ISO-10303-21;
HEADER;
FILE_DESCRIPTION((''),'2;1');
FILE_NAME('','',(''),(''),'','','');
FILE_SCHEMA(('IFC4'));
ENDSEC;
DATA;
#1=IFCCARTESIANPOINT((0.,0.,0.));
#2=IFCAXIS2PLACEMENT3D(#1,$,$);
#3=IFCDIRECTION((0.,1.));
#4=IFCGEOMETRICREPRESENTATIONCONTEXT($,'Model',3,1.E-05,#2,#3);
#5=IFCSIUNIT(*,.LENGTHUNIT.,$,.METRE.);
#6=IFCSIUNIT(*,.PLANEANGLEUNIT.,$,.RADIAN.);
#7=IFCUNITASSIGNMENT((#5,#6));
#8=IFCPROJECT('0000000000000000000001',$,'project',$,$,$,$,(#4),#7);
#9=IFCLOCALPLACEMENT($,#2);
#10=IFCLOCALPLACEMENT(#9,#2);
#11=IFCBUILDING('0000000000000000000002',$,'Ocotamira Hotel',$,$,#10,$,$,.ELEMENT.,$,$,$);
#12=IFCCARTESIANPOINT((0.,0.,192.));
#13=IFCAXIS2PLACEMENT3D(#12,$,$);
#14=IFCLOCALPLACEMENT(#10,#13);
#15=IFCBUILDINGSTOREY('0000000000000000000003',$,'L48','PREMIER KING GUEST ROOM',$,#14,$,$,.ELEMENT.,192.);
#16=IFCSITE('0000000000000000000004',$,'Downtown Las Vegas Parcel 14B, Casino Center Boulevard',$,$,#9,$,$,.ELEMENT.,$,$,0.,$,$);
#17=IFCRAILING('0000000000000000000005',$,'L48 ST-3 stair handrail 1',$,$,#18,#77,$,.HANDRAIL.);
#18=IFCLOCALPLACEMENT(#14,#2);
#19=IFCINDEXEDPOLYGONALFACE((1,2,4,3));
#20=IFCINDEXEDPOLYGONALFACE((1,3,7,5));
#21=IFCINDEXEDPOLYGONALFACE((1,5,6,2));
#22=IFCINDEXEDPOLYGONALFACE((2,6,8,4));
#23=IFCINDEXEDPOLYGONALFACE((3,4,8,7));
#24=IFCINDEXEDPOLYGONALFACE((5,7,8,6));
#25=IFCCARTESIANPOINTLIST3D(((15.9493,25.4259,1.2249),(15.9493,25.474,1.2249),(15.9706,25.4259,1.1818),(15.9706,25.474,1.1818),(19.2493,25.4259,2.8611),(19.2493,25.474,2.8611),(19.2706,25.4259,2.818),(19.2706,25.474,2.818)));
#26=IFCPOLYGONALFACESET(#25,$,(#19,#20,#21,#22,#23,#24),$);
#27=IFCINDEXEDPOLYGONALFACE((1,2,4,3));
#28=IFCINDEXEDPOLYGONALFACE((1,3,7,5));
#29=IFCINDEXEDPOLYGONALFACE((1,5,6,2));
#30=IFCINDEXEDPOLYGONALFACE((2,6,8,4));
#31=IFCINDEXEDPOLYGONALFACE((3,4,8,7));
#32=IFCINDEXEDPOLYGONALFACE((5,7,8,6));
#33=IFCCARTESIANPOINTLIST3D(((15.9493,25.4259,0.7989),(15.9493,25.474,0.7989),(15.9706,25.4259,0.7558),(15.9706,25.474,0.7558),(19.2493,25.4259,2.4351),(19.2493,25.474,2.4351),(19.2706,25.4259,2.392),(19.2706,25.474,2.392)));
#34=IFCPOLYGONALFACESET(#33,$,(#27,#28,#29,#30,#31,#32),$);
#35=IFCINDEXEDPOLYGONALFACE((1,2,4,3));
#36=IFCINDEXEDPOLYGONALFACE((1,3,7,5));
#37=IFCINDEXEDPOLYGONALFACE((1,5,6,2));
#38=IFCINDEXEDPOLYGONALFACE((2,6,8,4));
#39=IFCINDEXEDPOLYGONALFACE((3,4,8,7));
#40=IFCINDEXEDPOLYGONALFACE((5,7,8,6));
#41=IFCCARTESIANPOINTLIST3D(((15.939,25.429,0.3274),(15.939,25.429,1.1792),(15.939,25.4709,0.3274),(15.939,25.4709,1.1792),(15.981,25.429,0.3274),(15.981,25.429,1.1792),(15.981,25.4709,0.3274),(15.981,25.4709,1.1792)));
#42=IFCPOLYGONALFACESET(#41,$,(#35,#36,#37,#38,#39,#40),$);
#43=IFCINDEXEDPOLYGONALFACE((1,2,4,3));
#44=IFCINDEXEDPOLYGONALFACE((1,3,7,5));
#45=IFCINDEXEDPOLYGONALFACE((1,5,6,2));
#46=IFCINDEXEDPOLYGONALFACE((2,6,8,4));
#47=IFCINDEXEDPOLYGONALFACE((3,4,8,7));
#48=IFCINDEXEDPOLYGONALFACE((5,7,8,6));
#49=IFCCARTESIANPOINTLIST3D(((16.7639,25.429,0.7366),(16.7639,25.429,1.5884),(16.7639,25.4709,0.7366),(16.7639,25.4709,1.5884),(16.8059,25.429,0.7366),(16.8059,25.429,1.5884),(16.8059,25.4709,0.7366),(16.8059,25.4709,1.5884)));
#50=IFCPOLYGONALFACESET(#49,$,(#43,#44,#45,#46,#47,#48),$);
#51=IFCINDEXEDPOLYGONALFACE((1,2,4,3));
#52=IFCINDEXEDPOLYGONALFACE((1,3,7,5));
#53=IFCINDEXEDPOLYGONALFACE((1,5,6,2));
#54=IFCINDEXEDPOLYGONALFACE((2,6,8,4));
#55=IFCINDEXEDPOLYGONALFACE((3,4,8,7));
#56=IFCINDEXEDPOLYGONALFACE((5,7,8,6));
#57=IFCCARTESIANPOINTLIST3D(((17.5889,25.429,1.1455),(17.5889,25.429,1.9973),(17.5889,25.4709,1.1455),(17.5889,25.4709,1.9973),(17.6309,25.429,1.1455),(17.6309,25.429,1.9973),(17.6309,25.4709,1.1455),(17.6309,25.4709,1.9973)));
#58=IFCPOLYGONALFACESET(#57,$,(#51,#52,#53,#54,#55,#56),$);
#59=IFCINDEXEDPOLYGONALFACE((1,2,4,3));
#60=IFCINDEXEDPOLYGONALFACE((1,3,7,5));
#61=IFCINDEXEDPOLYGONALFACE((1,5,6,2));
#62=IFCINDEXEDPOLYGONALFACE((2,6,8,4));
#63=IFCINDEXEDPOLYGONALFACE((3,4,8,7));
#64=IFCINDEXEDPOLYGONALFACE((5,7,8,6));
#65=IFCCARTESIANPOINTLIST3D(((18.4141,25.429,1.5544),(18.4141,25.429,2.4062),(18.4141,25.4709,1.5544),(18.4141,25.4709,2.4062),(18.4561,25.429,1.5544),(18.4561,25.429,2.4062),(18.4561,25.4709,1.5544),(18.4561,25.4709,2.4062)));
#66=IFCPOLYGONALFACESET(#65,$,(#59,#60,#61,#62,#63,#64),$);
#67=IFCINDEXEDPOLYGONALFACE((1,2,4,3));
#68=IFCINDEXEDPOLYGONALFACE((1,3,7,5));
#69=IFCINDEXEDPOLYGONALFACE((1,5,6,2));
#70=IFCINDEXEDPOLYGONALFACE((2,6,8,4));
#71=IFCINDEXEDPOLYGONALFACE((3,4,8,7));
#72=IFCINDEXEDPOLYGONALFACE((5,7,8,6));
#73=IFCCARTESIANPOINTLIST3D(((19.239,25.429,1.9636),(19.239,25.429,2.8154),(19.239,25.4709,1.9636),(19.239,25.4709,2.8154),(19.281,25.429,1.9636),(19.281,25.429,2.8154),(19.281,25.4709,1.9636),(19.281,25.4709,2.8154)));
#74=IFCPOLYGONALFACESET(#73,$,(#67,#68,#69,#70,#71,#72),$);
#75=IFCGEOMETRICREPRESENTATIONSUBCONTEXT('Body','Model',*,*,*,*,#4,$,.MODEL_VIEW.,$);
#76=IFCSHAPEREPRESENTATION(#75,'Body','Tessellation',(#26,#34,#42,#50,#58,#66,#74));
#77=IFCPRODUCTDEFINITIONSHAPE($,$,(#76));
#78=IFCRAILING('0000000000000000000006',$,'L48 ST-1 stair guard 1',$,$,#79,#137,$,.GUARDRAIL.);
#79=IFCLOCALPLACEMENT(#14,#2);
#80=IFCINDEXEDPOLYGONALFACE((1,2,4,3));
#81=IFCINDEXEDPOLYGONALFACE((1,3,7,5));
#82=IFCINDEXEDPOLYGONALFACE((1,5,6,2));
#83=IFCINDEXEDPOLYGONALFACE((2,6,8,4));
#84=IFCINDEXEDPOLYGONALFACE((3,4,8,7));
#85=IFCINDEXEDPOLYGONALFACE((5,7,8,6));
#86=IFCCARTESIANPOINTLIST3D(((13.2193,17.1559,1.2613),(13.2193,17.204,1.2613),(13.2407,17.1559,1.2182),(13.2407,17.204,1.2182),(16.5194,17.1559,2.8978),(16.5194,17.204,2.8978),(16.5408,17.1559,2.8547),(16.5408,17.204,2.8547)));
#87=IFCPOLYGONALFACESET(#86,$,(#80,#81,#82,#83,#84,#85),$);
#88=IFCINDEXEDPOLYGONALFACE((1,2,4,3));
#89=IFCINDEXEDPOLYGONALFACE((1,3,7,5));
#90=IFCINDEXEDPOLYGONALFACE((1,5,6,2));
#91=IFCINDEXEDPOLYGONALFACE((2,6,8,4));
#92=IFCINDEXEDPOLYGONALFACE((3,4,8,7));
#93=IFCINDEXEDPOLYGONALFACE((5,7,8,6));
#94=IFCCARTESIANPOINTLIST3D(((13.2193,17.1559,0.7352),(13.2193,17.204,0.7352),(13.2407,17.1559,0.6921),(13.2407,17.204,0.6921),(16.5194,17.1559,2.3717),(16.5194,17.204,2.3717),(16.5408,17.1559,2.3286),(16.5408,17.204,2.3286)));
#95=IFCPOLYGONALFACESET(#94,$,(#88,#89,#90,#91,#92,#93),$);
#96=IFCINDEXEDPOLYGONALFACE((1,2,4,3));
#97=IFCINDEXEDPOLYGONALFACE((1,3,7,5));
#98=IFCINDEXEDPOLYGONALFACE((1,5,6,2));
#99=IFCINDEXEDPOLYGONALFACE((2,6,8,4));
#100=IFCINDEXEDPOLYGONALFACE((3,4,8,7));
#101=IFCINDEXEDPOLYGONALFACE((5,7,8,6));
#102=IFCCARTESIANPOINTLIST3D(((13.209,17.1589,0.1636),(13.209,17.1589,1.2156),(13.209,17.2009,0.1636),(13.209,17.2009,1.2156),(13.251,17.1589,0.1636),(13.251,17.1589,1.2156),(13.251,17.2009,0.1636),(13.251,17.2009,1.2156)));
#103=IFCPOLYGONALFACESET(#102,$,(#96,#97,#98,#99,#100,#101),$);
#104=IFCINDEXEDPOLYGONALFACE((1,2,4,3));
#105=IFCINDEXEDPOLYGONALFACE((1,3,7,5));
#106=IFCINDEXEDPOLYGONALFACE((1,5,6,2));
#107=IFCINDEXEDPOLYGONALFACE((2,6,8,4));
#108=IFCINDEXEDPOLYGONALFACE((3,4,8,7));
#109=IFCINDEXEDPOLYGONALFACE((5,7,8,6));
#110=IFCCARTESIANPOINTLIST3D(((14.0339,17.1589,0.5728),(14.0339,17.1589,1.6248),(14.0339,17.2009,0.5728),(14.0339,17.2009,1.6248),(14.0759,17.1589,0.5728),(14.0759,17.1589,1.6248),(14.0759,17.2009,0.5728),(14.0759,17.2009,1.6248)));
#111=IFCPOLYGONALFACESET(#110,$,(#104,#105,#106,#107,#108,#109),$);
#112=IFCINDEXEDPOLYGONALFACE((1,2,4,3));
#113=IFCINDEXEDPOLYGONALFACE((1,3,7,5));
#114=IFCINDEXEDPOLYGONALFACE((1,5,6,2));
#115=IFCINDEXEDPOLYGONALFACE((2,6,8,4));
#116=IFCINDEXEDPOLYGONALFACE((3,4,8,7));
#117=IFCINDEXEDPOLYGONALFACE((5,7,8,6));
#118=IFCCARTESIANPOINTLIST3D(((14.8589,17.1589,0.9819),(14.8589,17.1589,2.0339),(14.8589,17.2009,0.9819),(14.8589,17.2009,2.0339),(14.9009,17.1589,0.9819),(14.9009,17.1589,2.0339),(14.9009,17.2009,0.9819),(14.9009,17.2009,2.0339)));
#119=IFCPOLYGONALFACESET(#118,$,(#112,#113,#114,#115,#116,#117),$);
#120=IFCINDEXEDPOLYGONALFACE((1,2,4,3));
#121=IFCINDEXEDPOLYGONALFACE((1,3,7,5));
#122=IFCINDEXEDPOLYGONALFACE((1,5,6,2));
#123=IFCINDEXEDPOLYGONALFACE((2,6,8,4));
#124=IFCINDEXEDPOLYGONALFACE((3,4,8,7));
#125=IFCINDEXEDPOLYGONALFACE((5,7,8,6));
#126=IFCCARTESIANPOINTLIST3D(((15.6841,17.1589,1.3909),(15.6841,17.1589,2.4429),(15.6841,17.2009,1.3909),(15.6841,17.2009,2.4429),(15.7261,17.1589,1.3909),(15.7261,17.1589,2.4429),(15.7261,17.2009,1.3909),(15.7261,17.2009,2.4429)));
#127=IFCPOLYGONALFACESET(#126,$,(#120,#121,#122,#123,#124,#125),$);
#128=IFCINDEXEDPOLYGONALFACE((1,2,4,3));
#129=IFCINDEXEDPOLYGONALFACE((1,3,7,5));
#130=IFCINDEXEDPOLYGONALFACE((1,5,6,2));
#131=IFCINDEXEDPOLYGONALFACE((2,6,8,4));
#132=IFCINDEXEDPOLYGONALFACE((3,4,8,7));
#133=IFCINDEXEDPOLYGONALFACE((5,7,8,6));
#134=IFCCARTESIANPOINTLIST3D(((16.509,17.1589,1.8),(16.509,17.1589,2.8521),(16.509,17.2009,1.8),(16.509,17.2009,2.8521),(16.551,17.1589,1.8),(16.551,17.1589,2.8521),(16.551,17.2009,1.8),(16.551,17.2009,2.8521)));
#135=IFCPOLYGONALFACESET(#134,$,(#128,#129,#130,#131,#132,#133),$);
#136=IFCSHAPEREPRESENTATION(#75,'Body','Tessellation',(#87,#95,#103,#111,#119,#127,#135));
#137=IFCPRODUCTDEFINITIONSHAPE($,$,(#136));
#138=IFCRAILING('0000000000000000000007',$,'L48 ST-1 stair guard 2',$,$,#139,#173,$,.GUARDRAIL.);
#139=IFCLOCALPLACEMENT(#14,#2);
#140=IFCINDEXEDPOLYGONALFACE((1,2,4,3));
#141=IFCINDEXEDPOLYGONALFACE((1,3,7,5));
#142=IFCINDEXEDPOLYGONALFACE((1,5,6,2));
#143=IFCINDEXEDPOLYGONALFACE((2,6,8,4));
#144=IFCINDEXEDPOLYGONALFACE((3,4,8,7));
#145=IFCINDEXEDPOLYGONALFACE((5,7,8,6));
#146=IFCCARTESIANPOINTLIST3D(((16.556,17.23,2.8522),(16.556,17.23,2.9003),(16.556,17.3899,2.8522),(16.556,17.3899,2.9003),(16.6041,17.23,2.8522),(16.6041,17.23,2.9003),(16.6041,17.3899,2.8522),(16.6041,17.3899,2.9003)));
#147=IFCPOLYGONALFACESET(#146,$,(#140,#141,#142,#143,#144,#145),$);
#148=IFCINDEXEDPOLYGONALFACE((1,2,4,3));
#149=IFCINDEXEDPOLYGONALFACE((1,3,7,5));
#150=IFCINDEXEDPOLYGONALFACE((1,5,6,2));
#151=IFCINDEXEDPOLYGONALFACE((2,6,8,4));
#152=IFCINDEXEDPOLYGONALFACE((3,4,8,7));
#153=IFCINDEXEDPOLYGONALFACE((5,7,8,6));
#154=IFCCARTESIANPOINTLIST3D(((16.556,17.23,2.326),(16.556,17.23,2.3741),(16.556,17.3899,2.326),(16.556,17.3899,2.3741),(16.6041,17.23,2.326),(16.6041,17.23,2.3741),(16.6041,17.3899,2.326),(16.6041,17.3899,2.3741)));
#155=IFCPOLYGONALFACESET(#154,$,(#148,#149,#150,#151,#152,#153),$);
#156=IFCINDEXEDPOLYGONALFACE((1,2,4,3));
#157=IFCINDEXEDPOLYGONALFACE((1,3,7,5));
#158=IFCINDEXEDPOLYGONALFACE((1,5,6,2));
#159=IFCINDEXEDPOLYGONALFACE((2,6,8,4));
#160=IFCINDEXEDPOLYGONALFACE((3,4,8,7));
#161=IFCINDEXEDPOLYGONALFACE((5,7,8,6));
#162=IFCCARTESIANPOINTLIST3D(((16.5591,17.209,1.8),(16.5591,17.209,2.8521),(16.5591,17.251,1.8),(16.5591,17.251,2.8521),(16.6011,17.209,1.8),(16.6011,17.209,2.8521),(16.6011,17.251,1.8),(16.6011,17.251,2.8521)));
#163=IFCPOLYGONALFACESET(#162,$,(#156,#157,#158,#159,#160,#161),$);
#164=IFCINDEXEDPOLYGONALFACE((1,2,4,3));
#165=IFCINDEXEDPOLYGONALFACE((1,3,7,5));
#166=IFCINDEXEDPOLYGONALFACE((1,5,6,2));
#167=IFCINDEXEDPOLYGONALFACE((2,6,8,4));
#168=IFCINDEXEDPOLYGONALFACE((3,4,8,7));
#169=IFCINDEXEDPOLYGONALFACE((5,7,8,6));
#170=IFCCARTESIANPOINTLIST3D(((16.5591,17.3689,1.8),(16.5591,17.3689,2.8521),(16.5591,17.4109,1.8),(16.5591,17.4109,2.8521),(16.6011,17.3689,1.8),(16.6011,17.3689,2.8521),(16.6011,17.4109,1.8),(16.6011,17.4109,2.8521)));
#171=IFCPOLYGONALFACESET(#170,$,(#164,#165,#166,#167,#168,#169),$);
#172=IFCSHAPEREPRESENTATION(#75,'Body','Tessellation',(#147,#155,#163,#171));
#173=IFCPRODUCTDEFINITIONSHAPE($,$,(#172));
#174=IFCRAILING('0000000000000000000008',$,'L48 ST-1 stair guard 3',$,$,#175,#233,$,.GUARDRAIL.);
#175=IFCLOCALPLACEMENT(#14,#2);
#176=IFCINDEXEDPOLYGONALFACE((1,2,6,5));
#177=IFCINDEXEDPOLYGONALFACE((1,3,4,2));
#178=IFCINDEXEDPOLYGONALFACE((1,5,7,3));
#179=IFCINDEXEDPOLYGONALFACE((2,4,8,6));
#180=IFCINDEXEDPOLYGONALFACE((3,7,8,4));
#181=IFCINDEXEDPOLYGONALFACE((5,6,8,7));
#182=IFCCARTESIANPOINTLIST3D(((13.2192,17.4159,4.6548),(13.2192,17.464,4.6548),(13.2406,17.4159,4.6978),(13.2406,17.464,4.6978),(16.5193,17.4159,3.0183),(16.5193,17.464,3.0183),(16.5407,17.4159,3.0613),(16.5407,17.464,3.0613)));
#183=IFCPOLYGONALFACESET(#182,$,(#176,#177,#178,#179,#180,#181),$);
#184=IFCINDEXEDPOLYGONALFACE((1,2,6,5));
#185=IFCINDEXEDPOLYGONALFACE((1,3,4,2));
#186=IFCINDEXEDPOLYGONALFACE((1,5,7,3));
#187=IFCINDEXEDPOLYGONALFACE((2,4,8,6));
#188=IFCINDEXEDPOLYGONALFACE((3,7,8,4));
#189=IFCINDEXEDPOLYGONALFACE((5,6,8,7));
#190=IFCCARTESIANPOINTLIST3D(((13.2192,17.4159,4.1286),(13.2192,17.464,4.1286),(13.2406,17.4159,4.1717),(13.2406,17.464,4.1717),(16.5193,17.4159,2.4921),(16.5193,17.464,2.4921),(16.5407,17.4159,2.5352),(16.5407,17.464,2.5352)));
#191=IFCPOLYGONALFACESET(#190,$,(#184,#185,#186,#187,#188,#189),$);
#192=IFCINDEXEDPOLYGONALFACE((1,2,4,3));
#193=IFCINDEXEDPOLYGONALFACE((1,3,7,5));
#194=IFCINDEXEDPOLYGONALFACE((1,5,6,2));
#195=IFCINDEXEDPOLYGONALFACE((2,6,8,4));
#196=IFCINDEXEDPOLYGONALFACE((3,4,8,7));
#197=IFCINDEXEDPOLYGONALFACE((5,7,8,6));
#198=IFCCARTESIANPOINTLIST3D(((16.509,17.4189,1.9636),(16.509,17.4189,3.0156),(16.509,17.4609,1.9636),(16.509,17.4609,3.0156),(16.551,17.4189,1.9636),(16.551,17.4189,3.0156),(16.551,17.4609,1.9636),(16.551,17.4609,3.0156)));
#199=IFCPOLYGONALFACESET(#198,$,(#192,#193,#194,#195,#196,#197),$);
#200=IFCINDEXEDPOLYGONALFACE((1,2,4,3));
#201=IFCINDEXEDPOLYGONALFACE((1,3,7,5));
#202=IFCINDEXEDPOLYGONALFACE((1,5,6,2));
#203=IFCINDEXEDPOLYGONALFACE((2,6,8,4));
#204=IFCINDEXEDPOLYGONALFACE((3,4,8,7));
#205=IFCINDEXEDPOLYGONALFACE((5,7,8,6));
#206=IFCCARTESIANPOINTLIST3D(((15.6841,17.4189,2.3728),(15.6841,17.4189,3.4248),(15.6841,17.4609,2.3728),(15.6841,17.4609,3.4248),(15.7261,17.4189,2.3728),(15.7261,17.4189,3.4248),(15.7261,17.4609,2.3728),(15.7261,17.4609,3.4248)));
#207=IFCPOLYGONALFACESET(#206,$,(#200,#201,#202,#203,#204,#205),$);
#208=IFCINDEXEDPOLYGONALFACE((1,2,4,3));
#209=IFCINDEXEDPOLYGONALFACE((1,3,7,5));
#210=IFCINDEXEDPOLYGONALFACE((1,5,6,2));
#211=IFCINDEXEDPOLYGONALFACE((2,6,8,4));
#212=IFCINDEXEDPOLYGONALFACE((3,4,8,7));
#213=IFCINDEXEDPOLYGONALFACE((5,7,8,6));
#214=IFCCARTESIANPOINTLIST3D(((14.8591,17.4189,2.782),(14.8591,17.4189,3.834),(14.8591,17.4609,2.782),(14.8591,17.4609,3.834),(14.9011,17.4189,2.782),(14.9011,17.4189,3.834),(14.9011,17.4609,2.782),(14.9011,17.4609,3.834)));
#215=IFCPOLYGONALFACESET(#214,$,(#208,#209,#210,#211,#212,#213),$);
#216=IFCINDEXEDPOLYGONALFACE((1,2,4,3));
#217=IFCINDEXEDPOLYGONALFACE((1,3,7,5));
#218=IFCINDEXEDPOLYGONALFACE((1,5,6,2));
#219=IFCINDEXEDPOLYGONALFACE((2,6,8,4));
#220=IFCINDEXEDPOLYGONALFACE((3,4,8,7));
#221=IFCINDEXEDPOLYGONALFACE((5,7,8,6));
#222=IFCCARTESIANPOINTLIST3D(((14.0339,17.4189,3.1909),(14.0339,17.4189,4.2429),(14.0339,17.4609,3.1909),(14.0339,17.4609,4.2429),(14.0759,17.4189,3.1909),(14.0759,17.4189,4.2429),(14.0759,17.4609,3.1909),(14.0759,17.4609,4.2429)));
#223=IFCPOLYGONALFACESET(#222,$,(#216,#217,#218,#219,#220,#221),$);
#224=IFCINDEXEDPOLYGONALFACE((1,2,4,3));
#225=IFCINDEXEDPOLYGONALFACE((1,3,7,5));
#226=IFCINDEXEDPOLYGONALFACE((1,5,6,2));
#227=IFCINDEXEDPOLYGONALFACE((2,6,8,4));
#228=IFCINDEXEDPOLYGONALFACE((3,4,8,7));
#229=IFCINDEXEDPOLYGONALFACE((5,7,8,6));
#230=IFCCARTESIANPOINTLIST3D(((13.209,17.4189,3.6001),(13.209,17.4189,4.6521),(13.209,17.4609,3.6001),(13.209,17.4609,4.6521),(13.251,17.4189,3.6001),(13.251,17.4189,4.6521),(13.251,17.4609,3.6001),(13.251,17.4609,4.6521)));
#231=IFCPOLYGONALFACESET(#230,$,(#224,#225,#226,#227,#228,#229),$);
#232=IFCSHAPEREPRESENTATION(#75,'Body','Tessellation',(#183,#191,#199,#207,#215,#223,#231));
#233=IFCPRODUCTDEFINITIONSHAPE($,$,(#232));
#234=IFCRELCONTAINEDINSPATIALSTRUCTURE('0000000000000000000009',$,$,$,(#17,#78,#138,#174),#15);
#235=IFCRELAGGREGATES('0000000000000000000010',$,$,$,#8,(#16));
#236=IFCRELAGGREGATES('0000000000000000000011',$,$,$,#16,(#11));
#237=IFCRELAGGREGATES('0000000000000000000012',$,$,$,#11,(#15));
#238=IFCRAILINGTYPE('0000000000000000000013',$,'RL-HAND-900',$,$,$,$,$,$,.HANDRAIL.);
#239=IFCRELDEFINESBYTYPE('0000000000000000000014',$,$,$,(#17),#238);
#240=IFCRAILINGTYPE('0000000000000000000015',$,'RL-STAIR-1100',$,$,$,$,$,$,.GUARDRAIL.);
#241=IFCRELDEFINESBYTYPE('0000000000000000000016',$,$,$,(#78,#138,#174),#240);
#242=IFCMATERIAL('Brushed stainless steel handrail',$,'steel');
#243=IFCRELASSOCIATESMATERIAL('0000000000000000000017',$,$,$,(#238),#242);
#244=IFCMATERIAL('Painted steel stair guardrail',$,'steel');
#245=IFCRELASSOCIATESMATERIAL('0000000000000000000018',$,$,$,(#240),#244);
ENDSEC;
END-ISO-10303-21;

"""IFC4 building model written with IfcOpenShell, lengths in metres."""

from ifc_helpers import new_model, si_unit, direction, frame, origin, origin_2d, place, context, subcontext, project, spatial, rectangle, extrude, material, type_object, element, save


model = new_model("IFC4")

# Units and contexts
model_context = context("Model", 3, precision=1e-05, world=origin(), true_north=direction((0.0, 1.0)))
body_context = subcontext(model_context, "Body", "Model", "MODEL_VIEW")
ifc_project = project(units=[si_unit("LENGTHUNIT", "METRE"), si_unit("PLANEANGLEUNIT", "RADIAN")], contexts=[model_context])

# Site, building, storey
site_placement = place(None, origin())
site = spatial("IfcSite", under=ifc_project, at=site_placement, Name="Downtown Las Vegas Parcel 14B, Casino Center Boulevard", CompositionType="ELEMENT", RefElevation=0.0)
building_placement = place(site_placement, origin())
building = spatial("IfcBuilding", under=site, at=building_placement, Name="Ocotamira Hotel", CompositionType="ELEMENT")
storey_placement = place(building_placement, frame((0.0, 0.0, 192.0)))
storey = spatial("IfcBuildingStorey", under=building, at=storey_placement, Name="L48", Description="PREMIER KING GUEST ROOM", CompositionType="ELEMENT", Elevation=192.0)

# Railings
ifc_material_1 = material(Name="Brushed stainless steel handrail", Category="steel")
railing_type_1 = type_object("IfcRailingType", Name="RL-HAND-900", PredefinedType="HANDRAIL", material=ifc_material_1)
railing_1_placement = place(storey_placement, frame((15.96, 25.45, 0.3274)))
element("IfcRailing", 1, at=railing_1_placement, inside=storey, type_object=railing_type_1, Name="L48 ST-3 stair handrail 1", PredefinedType="HANDRAIL", context=body_context, shape_type="SweptSolid", body=[
    extrude(rectangle(XDim=0.0481, YDim=0.0481, at=origin_2d()), frame((0.0, 0.0, 0.876), z_axis=(0.89592, 0.0, 0.444215), x_axis=(0.0, 1.0, 0.0)), (0.0, 0.0, 1.0), 3.6833),
    extrude(rectangle(XDim=0.0481, YDim=0.0481, at=origin_2d()), frame((0.0, 0.0, 0.45), z_axis=(0.89592, 0.0, 0.444215), x_axis=(0.0, 1.0, 0.0)), (0.0, 0.0, 1.0), 3.6833),
    extrude(rectangle(XDim=0.042, YDim=0.042, at=origin_2d()), origin(), (0.0, 0.0, 1.0), 0.8518),
    extrude(rectangle(XDim=0.042, YDim=0.042, at=origin_2d()), frame((0.825, 0.0, 0.4092)), (0.0, 0.0, 1.0), 0.8518),
    extrude(rectangle(XDim=0.042, YDim=0.042, at=origin_2d()), frame((1.6499, 0.0, 0.8181)), (0.0, 0.0, 1.0), 0.8518),
    extrude(rectangle(XDim=0.042, YDim=0.042, at=origin_2d()), frame((2.4751, 0.0, 1.2271)), (0.0, 0.0, 1.0), 0.8518),
    extrude(rectangle(XDim=0.042, YDim=0.042, at=origin_2d()), frame((3.3, 0.0, 1.6362)), (0.0, 0.0, 1.0), 0.8518),
])
ifc_material_2 = material(Name="Painted steel stair guardrail", Category="steel")
railing_type_2 = type_object("IfcRailingType", Name="RL-STAIR-1100", PredefinedType="GUARDRAIL", material=ifc_material_2)
railing_2_placement = place(storey_placement, frame((13.23, 17.1799, 0.1636)))
element("IfcRailing", 2, at=railing_2_placement, inside=storey, type_object=railing_type_2, Name="L48 ST-1 stair guard 1", PredefinedType="GUARDRAIL", context=body_context, shape_type="SweptSolid", body=[
    extrude(rectangle(XDim=0.0481, YDim=0.0481, at=origin_2d()), frame((0.0, 0.0, 1.0762), z_axis=(0.895894, 0.0, 0.444268), x_axis=(0.0, 1.0, 0.0)), (0.0, 0.0, 1.0), 3.6836),
    extrude(rectangle(XDim=0.0481, YDim=0.0481, at=origin_2d()), frame((0.0, 0.0, 0.55), z_axis=(0.895894, 0.0, 0.444268), x_axis=(0.0, 1.0, 0.0)), (0.0, 0.0, 1.0), 3.6836),
    extrude(rectangle(XDim=0.042, YDim=0.042, at=origin_2d()), origin(), (0.0, 0.0, 1.0), 1.052),
    extrude(rectangle(XDim=0.042, YDim=0.042, at=origin_2d()), frame((0.825, 0.0, 0.4092)), (0.0, 0.0, 1.0), 1.052),
    extrude(rectangle(XDim=0.042, YDim=0.042, at=origin_2d()), frame((1.6499, 0.0, 0.8184)), (0.0, 0.0, 1.0), 1.052),
    extrude(rectangle(XDim=0.042, YDim=0.042, at=origin_2d()), frame((2.4751, 0.0, 1.2273)), (0.0, 0.0, 1.0), 1.052),
    extrude(rectangle(XDim=0.042, YDim=0.042, at=origin_2d()), frame((3.3, 0.0, 1.6365)), (0.0, 0.0, 1.0), 1.052),
])
railing_3_placement = place(storey_placement, frame((16.5801, 17.23, 1.8)))
element("IfcRailing", 3, at=railing_3_placement, inside=storey, type_object=railing_type_2, Name="L48 ST-1 stair guard 2", PredefinedType="GUARDRAIL", context=body_context, shape_type="SweptSolid", body=[
    extrude(rectangle(XDim=0.0481, YDim=0.0481, at=origin_2d()), frame((0.0, 0.0, 1.0762), z_axis=(0.0, 1.0, 0.0), x_axis=(-1.0, 0.0, 0.0)), (0.0, 0.0, 1.0), 0.1599),
    extrude(rectangle(XDim=0.0481, YDim=0.0481, at=origin_2d()), frame((0.0, 0.0, 0.55), z_axis=(0.0, 1.0, 0.0), x_axis=(-1.0, 0.0, 0.0)), (0.0, 0.0, 1.0), 0.1599),
    extrude(rectangle(XDim=0.042, YDim=0.042, at=origin_2d()), origin(), (0.0, 0.0, 1.0), 1.052),
    extrude(rectangle(XDim=0.042, YDim=0.042, at=origin_2d()), frame((0.0, 0.1599, 0.0)), (0.0, 0.0, 1.0), 1.052),
])
railing_4_placement = place(storey_placement, frame((16.53, 17.4399, 1.9636)))
element("IfcRailing", 4, at=railing_4_placement, inside=storey, type_object=railing_type_2, Name="L48 ST-1 stair guard 3", PredefinedType="GUARDRAIL", context=body_context, shape_type="SweptSolid", body=[
    extrude(rectangle(XDim=0.0481, YDim=0.0481, at=origin_2d()), frame((0.0, 0.0, 1.0762), z_axis=(-0.895894, 0.0, 0.444268), x_axis=(0.0, -1.0, 0.0)), (0.0, 0.0, 1.0), 3.6836),
    extrude(rectangle(XDim=0.0481, YDim=0.0481, at=origin_2d()), frame((0.0, 0.0, 0.55), z_axis=(-0.895894, 0.0, 0.444268), x_axis=(0.0, -1.0, 0.0)), (0.0, 0.0, 1.0), 3.6836),
    extrude(rectangle(XDim=0.042, YDim=0.042, at=origin_2d()), origin(), (0.0, 0.0, 1.0), 1.052),
    extrude(rectangle(XDim=0.042, YDim=0.042, at=origin_2d()), frame((-0.825, 0.0, 0.4092)), (0.0, 0.0, 1.0), 1.052),
    extrude(rectangle(XDim=0.042, YDim=0.042, at=origin_2d()), frame((-1.6499, 0.0, 0.8184)), (0.0, 0.0, 1.0), 1.052),
    extrude(rectangle(XDim=0.042, YDim=0.042, at=origin_2d()), frame((-2.4751, 0.0, 1.2273)), (0.0, 0.0, 1.0), 1.052),
    extrude(rectangle(XDim=0.042, YDim=0.042, at=origin_2d()), frame((-3.3, 0.0, 1.6365)), (0.0, 0.0, 1.0), 1.052),
])

save(model, "model.ifc")
